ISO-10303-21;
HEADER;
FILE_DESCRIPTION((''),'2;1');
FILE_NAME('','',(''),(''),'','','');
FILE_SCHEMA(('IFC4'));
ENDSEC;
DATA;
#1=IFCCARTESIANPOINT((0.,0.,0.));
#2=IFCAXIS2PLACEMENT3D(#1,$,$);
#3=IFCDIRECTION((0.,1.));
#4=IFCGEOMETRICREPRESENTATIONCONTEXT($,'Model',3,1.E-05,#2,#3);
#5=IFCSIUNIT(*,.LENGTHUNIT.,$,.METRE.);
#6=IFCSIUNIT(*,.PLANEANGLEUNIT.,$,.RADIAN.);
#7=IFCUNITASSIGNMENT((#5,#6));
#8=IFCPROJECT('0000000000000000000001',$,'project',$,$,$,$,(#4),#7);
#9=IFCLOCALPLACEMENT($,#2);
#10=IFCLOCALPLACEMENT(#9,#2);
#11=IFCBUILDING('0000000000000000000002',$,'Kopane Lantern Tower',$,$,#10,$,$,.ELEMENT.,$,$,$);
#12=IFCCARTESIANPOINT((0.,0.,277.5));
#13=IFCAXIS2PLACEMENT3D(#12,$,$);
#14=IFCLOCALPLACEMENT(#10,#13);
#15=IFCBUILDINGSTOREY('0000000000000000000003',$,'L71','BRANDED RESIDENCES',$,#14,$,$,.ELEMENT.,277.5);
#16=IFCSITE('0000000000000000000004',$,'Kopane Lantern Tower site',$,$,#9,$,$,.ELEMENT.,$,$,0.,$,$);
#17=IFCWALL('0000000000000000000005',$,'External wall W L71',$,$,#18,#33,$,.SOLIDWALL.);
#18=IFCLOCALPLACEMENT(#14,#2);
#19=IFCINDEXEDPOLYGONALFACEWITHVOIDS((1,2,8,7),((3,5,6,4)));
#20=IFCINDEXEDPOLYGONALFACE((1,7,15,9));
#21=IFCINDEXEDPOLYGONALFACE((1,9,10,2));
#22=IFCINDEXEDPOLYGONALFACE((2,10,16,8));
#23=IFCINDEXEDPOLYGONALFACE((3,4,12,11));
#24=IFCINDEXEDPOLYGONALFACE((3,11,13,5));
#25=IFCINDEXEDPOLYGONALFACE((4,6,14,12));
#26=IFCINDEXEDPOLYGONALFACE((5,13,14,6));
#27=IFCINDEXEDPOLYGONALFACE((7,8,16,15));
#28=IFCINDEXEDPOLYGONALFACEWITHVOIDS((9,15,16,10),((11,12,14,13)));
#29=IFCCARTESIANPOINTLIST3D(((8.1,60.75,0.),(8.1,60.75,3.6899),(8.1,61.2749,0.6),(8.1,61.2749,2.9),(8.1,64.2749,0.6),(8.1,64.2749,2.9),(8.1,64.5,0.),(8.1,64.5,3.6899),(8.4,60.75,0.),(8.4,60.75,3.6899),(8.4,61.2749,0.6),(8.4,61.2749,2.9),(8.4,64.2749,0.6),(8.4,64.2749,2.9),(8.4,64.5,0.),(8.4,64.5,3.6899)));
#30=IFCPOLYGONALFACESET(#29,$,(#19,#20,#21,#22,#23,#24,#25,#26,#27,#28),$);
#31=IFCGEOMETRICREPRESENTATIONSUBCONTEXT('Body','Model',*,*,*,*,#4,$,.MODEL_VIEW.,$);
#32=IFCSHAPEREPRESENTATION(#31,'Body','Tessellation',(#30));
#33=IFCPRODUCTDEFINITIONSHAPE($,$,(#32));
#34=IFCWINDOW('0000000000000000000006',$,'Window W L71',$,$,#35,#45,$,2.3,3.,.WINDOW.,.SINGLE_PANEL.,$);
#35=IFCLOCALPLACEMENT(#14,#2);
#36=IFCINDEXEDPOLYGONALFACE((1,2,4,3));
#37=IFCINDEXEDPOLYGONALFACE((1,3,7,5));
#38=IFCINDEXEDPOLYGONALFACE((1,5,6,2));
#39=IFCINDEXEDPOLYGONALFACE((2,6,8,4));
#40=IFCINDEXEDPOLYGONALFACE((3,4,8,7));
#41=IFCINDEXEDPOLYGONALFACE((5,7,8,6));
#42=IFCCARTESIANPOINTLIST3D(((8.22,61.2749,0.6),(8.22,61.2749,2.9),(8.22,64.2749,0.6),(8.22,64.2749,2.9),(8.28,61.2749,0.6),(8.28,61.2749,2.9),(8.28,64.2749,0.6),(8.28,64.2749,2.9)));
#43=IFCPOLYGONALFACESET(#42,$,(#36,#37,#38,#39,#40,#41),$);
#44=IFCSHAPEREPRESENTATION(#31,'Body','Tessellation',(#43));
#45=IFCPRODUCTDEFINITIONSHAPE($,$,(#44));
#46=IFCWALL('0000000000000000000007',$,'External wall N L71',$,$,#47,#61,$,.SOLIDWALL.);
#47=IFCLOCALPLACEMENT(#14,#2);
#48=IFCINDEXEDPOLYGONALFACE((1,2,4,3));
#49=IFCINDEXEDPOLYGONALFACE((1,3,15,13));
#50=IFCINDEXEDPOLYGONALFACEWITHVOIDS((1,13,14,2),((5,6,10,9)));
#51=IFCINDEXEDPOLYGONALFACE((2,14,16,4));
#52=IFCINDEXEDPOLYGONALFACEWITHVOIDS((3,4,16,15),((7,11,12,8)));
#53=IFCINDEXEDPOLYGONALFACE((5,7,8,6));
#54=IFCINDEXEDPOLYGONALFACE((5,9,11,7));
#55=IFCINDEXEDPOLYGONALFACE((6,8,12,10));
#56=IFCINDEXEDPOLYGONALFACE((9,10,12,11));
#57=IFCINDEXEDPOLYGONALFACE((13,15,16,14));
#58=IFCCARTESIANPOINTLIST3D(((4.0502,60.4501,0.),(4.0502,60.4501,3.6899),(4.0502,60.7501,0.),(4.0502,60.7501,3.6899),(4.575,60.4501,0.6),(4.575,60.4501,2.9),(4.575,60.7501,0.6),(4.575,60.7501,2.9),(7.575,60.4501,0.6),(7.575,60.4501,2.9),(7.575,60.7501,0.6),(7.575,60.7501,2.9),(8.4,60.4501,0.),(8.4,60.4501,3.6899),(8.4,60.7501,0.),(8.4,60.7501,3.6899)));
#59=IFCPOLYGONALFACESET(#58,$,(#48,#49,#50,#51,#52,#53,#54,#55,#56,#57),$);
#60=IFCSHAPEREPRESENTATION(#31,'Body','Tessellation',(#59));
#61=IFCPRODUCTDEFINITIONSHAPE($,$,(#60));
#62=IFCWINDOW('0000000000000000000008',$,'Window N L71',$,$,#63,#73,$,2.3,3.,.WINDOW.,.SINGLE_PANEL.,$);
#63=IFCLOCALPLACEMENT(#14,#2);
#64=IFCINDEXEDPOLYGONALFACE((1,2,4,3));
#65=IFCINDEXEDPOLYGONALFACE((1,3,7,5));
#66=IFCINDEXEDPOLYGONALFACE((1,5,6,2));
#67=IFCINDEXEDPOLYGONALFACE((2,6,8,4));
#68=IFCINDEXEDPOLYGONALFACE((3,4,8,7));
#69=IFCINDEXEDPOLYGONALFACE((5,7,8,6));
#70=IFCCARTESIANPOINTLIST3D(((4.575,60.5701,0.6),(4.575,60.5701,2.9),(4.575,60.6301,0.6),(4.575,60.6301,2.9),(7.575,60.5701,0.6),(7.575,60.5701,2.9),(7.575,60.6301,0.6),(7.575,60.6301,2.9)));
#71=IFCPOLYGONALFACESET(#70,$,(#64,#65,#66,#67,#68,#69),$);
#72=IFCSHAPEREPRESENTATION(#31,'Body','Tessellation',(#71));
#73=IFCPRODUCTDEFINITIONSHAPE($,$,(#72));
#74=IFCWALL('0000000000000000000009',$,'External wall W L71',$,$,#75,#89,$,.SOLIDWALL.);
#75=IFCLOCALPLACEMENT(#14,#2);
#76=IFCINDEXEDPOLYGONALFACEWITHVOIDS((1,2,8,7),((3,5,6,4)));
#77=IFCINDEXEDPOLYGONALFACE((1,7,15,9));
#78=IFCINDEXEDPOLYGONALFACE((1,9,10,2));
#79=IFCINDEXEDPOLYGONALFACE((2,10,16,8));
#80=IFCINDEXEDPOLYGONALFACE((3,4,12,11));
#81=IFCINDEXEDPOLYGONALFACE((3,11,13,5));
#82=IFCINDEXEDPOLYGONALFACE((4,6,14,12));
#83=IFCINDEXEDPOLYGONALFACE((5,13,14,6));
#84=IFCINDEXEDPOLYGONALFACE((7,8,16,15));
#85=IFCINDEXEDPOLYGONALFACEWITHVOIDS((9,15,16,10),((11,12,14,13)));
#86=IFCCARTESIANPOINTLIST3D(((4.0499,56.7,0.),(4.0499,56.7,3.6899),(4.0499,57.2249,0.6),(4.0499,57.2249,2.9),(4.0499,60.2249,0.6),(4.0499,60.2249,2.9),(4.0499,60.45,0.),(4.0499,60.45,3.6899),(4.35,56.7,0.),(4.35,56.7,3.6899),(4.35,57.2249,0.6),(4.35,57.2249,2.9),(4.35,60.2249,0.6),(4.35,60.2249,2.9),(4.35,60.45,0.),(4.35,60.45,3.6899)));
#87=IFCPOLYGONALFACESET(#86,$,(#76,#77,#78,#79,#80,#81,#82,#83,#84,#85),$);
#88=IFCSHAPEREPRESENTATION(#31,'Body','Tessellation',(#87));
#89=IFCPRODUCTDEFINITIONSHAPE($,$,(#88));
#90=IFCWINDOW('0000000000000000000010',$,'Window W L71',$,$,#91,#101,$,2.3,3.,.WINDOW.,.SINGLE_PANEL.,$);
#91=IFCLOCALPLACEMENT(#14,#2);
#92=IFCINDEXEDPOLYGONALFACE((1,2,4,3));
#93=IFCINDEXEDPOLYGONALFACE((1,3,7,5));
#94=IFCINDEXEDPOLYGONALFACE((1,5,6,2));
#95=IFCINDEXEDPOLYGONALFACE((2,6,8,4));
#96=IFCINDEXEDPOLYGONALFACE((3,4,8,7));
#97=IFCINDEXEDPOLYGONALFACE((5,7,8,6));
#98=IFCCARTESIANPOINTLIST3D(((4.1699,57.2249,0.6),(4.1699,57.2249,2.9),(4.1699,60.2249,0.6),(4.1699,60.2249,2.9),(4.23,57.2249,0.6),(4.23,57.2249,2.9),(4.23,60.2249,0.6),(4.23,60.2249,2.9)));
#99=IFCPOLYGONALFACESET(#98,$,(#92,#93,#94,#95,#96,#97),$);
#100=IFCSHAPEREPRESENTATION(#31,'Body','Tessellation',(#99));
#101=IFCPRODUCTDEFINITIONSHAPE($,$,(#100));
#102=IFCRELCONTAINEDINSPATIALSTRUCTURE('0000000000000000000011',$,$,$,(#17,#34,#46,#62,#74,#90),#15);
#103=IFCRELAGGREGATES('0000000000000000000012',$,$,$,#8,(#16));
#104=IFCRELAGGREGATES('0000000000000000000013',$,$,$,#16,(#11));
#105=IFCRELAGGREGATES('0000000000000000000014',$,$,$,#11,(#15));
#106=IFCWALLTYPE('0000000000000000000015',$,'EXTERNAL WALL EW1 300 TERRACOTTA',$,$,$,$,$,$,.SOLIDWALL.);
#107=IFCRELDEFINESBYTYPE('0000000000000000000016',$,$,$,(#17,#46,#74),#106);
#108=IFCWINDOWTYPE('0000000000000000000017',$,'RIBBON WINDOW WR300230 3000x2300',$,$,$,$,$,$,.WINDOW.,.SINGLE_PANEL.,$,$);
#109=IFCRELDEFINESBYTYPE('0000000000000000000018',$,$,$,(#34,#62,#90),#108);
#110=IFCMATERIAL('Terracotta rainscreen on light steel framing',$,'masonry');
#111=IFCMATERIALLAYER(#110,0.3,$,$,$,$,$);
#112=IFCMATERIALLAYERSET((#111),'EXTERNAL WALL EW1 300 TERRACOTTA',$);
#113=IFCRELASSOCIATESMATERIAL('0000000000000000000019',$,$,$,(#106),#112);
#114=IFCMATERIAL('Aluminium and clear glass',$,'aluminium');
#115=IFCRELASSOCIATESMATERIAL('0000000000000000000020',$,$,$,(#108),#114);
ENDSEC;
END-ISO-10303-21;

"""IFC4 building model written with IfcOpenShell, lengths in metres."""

from ifc_helpers import new_model, si_unit, direction, frame, frame_2d, origin, place, context, subcontext, project, spatial, rectangle, extrude, material, layer, layer_set, type_object, element, fill, save


model = new_model("IFC4")

# Units and contexts
model_context = context("Model", 3, precision=1e-05, world=origin(), true_north=direction((0.0, 1.0)))
body_context = subcontext(model_context, "Body", "Model", "MODEL_VIEW")
ifc_project = project(units=[si_unit("LENGTHUNIT", "METRE"), si_unit("PLANEANGLEUNIT", "RADIAN")], contexts=[model_context])

# Site, building, storey
site_placement = place(None, origin())
site = spatial("IfcSite", under=ifc_project, at=site_placement, Name="Kopane Lantern Tower site", CompositionType="ELEMENT", RefElevation=0.0)
building_placement = place(site_placement, origin())
building = spatial("IfcBuilding", under=site, at=building_placement, Name="Kopane Lantern Tower", CompositionType="ELEMENT")
storey_placement = place(building_placement, frame((0.0, 0.0, 277.5)))
storey = spatial("IfcBuildingStorey", under=building, at=storey_placement, Name="L71", Description="BRANDED RESIDENCES", CompositionType="ELEMENT", Elevation=277.5)

# Walls, openings, windows
ifc_material_1 = material(Name="Terracotta rainscreen on light steel framing", Category="masonry")
ifc_layer = layer(ifc_material_1, 0.3)
ifc_layer_set = layer_set([ifc_layer], Name="EXTERNAL WALL EW1 300 TERRACOTTA")
wall_type = type_object("IfcWallType", Name="EXTERNAL WALL EW1 300 TERRACOTTA", PredefinedType="SOLIDWALL", material=ifc_layer_set)
wall_1_placement = place(storey_placement, frame((8.25, 64.5, 0.0), z_axis=(0.0, 0.0, 1.0), x_axis=(0.0, -1.0, 0.0)))
wall_1 = element("IfcWall", 1, at=wall_1_placement, inside=storey, type_object=wall_type, Name="External wall W L71", PredefinedType="SOLIDWALL", context=body_context, shape_type="SweptSolid", body=[
    extrude(rectangle(XDim=3.75, YDim=0.3, at=frame_2d((1.875, 0.0))), origin(), (0.0, 0.0, 1.0), 3.6899),
])
opening_1_placement = place(wall_1_placement, frame((0.2251, 0.0, 0.6001)))
opening_1 = element("IfcOpeningElement", 2, at=opening_1_placement, cuts=wall_1, PredefinedType="OPENING", context=body_context, shape_type="SweptSolid", body=[
    extrude(rectangle(XDim=3.0, YDim=2.3, at=frame_2d((1.5, 1.1499))), frame((0.0, 0.1599, 0.0), z_axis=(0.0, -1.0, 0.0), x_axis=(1.0, 0.0, 0.0)), (0.0, 0.0, 1.0), 0.3201),
])
ifc_material_2 = material(Name="Aluminium and clear glass", Category="aluminium")
window_type = type_object("IfcWindowType", Name="RIBBON WINDOW WR300230 3000x2300", PartitioningType="SINGLE_PANEL", PredefinedType="WINDOW", material=ifc_material_2)
window_1_placement = place(opening_1_placement, origin())
window_1 = element("IfcWindow", 3, at=window_1_placement, inside=storey, type_object=window_type, Name="Window W L71", OverallHeight=2.3, OverallWidth=3.0, PartitioningType="SINGLE_PANEL", PredefinedType="WINDOW", context=body_context, shape_type="SweptSolid", body=[
    extrude(rectangle(XDim=3.0, YDim=2.3, at=frame_2d((1.5, 1.1499))), frame((0.0, 0.03, 0.0), z_axis=(0.0, -1.0, 0.0), x_axis=(1.0, 0.0, 0.0)), (0.0, 0.0, 1.0), 0.0601),
])
fill(opening_1, window_1)
wall_2_placement = place(storey_placement, frame((8.3999, 60.6001, 0.0), z_axis=(0.0, 0.0, 1.0), x_axis=(-1.0, 0.0, 0.0)))
wall_2 = element("IfcWall", 4, at=wall_2_placement, inside=storey, type_object=wall_type, Name="External wall N L71", PredefinedType="SOLIDWALL", context=body_context, shape_type="SweptSolid", body=[
    extrude(rectangle(XDim=4.3499, YDim=0.3, at=frame_2d((2.1748, 0.0))), origin(), (0.0, 0.0, 1.0), 3.6899),
])
opening_2_placement = place(wall_2_placement, frame((0.825, 0.0, 0.6001)))
opening_2 = element("IfcOpeningElement", 5, at=opening_2_placement, cuts=wall_2, PredefinedType="OPENING", context=body_context, shape_type="SweptSolid", body=[
    extrude(rectangle(XDim=3.0, YDim=2.3, at=frame_2d((1.5, 1.1499))), frame((0.0, 0.1599, 0.0), z_axis=(0.0, -1.0, 0.0), x_axis=(1.0, 0.0, 0.0)), (0.0, 0.0, 1.0), 0.3201),
])
window_2_placement = place(opening_2_placement, origin())
window_2 = element("IfcWindow", 6, at=window_2_placement, inside=storey, type_object=window_type, Name="Window N L71", OverallHeight=2.3, OverallWidth=3.0, PartitioningType="SINGLE_PANEL", PredefinedType="WINDOW", context=body_context, shape_type="SweptSolid", body=[
    extrude(rectangle(XDim=3.0, YDim=2.3, at=frame_2d((1.5, 1.1499))), frame((0.0, 0.03, 0.0), z_axis=(0.0, -1.0, 0.0), x_axis=(1.0, 0.0, 0.0)), (0.0, 0.0, 1.0), 0.0601),
])
fill(opening_2, window_2)
wall_3_placement = place(storey_placement, frame((4.2, 60.45, 0.0), z_axis=(0.0, 0.0, 1.0), x_axis=(0.0, -1.0, 0.0)))
wall_3 = element("IfcWall", 7, at=wall_3_placement, inside=storey, type_object=wall_type, Name="External wall W L71", PredefinedType="SOLIDWALL", context=body_context, shape_type="SweptSolid", body=[
    extrude(rectangle(XDim=3.75, YDim=0.3, at=frame_2d((1.875, 0.0))), origin(), (0.0, 0.0, 1.0), 3.6899),
])
opening_3_placement = place(wall_3_placement, frame((0.2251, 0.0, 0.6001)))
opening_3 = element("IfcOpeningElement", 8, at=opening_3_placement, cuts=wall_3, PredefinedType="OPENING", context=body_context, shape_type="SweptSolid", body=[
    extrude(rectangle(XDim=3.0, YDim=2.3, at=frame_2d((1.5, 1.1499))), frame((0.0, 0.1599, 0.0), z_axis=(0.0, -1.0, 0.0), x_axis=(1.0, 0.0, 0.0)), (0.0, 0.0, 1.0), 0.3201),
])
window_3_placement = place(opening_3_placement, origin())
window_3 = element("IfcWindow", 9, at=window_3_placement, inside=storey, type_object=window_type, Name="Window W L71", OverallHeight=2.3, OverallWidth=3.0, PartitioningType="SINGLE_PANEL", PredefinedType="WINDOW", context=body_context, shape_type="SweptSolid", body=[
    extrude(rectangle(XDim=3.0, YDim=2.3, at=frame_2d((1.5, 1.1499))), frame((0.0, 0.03, 0.0), z_axis=(0.0, -1.0, 0.0), x_axis=(1.0, 0.0, 0.0)), (0.0, 0.0, 1.0), 0.0601),
])
fill(opening_3, window_3)

save(model, "model.ifc")
